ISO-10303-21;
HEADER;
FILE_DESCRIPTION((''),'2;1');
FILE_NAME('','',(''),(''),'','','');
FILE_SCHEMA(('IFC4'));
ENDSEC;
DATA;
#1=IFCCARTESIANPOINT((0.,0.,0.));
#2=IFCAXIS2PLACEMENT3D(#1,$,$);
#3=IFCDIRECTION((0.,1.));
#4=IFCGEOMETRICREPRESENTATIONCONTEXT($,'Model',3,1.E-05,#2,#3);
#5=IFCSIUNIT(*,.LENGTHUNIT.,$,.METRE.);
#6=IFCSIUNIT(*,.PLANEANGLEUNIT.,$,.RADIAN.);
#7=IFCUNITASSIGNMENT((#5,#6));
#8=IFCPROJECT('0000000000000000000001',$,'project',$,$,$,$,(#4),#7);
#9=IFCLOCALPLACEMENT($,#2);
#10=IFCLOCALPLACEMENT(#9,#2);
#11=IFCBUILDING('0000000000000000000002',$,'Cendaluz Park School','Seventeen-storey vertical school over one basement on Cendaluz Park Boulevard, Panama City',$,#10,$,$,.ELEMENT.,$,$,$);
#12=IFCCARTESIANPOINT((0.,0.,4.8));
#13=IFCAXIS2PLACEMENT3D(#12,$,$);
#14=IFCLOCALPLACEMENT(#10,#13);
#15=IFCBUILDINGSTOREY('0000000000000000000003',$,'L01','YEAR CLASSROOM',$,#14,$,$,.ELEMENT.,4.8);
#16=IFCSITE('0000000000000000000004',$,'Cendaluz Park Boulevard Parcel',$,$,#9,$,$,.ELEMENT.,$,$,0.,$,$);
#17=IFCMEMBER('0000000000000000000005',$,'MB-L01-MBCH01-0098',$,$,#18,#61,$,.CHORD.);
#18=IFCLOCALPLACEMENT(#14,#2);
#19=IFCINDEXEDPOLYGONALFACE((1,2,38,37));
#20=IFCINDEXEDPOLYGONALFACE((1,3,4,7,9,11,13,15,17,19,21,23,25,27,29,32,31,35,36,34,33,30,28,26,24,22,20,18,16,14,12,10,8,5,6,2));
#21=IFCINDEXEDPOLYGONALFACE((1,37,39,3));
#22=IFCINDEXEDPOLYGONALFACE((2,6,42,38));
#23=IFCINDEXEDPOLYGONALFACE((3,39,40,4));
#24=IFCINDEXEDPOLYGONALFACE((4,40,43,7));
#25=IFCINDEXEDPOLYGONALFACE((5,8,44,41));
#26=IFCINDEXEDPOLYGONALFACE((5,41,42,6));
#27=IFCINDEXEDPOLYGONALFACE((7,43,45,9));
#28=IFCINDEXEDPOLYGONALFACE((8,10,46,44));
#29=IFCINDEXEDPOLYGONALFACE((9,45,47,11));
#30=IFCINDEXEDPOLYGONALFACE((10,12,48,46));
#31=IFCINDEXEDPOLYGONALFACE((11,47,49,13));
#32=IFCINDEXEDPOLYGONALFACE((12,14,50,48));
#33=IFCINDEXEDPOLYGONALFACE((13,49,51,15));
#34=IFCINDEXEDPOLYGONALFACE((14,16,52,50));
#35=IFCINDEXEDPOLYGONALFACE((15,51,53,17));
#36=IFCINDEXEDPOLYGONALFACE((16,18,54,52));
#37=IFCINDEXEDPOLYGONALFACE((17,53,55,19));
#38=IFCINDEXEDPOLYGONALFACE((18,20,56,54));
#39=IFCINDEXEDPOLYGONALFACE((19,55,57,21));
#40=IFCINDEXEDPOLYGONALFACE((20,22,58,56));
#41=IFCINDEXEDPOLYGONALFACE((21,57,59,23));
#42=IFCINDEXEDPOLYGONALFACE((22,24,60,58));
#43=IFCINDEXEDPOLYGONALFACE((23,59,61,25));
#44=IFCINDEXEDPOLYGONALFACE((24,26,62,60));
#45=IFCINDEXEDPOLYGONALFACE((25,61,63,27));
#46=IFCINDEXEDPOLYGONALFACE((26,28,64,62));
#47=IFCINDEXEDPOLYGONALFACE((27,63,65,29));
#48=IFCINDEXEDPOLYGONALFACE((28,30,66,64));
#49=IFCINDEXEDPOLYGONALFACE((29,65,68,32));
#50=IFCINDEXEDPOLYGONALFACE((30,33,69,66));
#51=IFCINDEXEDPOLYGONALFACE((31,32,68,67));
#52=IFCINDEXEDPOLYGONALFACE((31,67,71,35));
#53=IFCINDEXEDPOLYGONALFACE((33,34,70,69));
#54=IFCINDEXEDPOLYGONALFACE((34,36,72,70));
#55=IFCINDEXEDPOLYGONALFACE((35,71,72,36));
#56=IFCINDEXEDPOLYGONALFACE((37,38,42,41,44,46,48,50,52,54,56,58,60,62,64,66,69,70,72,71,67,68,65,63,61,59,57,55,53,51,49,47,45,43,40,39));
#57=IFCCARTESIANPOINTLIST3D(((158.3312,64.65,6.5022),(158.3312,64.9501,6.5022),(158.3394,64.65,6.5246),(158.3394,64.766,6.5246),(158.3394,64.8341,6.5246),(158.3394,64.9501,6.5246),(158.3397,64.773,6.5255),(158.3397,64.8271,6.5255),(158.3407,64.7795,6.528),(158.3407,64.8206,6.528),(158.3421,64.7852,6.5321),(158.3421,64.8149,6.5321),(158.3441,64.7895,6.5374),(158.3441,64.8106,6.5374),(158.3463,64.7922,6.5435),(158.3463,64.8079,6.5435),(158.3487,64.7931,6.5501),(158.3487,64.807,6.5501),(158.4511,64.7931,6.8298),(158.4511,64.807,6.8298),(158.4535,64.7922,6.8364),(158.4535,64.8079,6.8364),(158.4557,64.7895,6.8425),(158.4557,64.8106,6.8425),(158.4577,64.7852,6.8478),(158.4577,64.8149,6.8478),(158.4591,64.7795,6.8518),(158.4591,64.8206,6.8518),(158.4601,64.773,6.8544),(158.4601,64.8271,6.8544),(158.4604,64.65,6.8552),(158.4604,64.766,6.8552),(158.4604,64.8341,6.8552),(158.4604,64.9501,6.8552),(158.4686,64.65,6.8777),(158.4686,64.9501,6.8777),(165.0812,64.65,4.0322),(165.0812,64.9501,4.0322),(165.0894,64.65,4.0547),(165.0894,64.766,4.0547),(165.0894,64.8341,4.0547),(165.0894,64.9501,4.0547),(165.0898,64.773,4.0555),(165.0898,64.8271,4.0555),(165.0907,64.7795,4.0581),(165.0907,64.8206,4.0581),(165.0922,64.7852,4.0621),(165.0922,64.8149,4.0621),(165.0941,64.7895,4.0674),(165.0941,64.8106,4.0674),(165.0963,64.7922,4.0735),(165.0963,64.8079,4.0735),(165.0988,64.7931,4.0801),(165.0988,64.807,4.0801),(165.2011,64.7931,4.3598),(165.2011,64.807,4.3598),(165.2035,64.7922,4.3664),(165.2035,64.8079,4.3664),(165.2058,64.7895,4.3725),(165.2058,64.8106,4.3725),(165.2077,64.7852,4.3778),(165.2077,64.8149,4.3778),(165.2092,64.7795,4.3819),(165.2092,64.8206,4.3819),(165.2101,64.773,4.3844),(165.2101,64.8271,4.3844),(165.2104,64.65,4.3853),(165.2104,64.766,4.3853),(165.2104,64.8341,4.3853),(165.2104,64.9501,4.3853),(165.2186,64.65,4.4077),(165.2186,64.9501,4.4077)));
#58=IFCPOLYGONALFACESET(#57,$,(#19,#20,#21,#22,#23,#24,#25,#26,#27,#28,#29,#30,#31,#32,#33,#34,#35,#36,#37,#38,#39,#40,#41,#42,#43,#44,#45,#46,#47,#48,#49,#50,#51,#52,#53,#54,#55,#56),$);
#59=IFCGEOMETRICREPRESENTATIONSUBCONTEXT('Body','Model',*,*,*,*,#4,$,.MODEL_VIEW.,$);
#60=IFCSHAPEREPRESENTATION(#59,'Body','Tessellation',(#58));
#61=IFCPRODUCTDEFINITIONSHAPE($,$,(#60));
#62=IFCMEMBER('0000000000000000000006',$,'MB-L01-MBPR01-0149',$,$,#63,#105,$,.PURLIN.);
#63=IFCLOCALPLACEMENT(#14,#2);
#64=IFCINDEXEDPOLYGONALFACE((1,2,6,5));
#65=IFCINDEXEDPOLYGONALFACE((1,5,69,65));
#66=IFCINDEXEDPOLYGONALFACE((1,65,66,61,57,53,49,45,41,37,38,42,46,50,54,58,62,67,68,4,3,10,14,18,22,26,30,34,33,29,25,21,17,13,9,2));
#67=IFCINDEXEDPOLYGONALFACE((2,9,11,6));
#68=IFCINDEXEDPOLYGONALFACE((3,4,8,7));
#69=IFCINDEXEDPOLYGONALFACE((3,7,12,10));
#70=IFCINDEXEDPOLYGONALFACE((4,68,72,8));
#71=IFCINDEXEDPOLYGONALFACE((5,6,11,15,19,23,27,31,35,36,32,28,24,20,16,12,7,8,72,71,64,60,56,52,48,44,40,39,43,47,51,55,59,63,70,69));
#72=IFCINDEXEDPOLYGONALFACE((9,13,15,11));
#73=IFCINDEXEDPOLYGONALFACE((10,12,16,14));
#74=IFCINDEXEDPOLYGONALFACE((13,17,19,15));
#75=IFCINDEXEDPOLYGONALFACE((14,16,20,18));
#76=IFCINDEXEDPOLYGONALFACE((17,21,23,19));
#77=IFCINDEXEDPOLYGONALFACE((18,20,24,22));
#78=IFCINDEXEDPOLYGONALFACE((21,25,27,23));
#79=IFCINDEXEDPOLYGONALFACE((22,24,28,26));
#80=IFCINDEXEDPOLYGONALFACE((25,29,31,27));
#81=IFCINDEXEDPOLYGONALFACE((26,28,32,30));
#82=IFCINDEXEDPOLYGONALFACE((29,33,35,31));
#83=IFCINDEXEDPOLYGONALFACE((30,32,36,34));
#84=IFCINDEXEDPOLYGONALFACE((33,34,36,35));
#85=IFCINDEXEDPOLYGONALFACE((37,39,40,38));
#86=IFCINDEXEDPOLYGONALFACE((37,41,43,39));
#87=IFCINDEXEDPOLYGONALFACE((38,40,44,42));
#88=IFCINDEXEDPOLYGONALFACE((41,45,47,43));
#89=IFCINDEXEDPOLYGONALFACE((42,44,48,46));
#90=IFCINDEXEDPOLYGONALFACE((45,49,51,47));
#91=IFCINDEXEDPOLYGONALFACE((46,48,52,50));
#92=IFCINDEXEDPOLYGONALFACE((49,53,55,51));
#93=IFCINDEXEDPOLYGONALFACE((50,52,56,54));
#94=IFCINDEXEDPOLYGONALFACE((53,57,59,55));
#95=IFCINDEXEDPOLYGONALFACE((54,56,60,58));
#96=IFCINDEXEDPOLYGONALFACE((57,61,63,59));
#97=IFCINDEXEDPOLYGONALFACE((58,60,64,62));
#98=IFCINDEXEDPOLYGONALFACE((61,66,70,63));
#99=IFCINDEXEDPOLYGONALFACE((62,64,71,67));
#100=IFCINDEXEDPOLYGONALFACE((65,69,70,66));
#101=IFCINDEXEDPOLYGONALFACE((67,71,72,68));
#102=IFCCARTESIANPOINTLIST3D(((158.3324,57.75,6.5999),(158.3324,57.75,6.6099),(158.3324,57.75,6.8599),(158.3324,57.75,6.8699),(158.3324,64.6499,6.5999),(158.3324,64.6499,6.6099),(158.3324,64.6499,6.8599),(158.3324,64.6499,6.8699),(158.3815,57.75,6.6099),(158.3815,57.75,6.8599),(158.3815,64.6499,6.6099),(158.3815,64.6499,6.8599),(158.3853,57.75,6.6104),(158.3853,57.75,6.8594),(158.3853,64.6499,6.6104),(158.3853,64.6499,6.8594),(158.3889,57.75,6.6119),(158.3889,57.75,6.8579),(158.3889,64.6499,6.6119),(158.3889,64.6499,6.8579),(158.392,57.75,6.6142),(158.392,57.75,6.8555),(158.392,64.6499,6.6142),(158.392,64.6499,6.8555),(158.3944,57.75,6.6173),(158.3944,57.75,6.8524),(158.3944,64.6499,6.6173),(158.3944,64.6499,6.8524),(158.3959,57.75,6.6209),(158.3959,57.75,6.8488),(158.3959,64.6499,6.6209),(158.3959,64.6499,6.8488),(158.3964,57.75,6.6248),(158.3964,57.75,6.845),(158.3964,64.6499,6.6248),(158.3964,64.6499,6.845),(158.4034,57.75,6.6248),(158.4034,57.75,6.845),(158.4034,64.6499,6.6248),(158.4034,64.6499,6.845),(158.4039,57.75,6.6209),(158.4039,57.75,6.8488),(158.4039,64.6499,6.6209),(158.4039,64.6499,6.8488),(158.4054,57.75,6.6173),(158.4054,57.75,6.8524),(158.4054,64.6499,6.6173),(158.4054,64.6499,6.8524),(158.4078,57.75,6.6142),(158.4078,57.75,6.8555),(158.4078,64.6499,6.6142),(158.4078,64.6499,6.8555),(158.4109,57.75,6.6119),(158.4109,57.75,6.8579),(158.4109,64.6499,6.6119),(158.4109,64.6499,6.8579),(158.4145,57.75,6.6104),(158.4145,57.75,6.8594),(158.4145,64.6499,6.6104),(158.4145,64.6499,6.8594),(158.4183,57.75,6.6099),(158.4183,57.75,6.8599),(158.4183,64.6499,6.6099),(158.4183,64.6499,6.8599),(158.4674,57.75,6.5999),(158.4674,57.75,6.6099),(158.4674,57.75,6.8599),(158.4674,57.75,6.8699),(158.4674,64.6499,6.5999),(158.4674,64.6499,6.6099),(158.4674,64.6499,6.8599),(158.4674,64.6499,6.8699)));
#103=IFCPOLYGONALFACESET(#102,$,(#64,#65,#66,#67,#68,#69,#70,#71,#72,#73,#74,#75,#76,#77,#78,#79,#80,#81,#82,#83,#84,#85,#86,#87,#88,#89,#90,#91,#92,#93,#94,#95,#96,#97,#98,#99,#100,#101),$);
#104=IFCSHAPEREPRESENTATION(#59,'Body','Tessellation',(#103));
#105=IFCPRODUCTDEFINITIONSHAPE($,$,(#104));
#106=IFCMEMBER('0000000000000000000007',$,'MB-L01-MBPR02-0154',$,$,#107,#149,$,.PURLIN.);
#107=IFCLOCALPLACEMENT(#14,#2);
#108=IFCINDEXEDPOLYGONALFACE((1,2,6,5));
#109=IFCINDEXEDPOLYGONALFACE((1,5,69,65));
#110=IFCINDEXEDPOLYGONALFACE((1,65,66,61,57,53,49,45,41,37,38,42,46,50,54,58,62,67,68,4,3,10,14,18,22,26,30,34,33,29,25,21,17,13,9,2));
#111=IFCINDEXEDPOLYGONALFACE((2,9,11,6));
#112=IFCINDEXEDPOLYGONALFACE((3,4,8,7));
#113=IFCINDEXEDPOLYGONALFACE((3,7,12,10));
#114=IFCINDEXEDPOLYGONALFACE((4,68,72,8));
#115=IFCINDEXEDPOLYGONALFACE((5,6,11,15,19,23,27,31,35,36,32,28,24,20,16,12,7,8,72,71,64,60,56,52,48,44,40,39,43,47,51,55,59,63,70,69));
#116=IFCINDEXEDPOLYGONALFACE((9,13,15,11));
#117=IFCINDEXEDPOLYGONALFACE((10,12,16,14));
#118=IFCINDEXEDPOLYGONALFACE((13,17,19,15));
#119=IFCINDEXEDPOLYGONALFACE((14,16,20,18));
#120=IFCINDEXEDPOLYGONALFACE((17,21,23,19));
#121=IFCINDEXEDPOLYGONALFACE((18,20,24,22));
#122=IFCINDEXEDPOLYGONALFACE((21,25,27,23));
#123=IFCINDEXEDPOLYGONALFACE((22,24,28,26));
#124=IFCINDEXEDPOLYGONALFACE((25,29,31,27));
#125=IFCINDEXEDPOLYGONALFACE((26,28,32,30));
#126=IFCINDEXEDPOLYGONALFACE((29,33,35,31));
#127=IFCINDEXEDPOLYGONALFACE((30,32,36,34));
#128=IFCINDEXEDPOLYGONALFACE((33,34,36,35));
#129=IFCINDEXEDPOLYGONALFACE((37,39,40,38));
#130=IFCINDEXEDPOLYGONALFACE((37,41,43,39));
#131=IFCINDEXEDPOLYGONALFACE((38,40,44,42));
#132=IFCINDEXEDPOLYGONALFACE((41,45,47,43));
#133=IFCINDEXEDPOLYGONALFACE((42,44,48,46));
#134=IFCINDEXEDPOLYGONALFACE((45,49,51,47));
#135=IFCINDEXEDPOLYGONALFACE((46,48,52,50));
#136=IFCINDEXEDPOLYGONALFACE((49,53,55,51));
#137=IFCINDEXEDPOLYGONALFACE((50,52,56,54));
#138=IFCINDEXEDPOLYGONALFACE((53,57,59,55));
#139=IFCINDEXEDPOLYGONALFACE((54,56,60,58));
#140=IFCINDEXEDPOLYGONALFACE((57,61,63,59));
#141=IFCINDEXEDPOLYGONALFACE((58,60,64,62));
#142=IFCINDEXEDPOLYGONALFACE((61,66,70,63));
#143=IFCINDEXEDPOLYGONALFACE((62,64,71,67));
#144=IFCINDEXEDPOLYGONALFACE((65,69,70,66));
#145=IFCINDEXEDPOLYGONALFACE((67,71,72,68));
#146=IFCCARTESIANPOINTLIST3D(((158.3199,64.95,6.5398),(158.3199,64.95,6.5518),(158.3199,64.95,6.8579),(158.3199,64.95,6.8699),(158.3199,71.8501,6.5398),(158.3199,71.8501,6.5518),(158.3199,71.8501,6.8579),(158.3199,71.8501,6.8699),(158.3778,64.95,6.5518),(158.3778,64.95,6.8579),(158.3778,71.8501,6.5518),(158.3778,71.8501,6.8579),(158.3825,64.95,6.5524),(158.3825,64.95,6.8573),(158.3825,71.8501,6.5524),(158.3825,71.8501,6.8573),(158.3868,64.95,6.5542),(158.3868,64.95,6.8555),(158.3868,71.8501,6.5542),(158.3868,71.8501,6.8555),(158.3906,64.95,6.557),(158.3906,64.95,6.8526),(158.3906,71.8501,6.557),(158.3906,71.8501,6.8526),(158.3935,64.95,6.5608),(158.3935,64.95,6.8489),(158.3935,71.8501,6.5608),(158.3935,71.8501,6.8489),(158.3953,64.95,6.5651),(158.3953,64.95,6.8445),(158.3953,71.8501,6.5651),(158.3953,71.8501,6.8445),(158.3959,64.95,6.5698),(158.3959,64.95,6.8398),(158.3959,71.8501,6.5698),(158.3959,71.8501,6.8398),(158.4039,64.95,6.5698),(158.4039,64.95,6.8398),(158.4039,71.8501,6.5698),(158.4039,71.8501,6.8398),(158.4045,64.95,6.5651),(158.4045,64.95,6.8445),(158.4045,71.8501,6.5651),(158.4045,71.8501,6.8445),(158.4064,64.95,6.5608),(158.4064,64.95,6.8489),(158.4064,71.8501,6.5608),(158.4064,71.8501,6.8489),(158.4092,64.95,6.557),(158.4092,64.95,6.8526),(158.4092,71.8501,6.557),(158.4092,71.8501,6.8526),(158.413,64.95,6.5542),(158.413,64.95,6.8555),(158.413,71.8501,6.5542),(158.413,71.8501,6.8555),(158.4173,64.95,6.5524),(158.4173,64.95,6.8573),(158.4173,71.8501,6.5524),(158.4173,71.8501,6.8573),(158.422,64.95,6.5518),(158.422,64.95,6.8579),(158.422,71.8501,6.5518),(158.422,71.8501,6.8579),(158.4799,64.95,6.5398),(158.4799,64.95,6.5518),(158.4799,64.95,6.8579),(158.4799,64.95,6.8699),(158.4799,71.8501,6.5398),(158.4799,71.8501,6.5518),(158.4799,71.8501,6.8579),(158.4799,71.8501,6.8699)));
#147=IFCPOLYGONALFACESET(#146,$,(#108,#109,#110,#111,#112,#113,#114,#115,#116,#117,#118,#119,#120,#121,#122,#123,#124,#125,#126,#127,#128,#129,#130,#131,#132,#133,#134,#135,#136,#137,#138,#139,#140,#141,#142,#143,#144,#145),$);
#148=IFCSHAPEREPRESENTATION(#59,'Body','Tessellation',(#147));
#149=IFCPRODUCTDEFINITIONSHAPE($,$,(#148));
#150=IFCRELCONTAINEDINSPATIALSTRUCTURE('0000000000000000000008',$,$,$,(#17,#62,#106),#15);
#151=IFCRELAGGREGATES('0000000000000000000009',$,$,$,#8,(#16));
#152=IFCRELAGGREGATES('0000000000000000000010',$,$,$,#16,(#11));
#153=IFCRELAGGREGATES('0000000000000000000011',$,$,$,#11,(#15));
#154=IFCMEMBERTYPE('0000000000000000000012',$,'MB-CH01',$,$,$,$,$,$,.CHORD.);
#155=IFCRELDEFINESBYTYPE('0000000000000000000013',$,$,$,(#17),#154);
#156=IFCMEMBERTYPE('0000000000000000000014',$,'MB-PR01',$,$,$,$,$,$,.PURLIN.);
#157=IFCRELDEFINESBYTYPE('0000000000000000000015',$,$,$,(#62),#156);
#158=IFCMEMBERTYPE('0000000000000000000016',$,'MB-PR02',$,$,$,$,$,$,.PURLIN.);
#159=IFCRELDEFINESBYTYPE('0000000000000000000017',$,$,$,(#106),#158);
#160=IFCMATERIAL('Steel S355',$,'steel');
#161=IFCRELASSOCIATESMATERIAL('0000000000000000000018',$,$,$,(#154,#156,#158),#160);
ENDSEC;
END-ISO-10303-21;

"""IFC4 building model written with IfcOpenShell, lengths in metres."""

from ifc_helpers import new_model, si_unit, direction, frame, origin, origin_2d, place, context, subcontext, project, spatial, i_section, extrude, material, material_profile, profile_set, type_object, element, save


model = new_model("IFC4")

# Units and contexts
model_context = context("Model", 3, precision=1e-05, world=origin(), true_north=direction((0.0, 1.0)))
body_context = subcontext(model_context, "Body", "Model", "MODEL_VIEW")
ifc_project = project(units=[si_unit("LENGTHUNIT", "METRE"), si_unit("PLANEANGLEUNIT", "RADIAN")], contexts=[model_context])

# Site, building, storey
site_placement = place(None, origin())
site = spatial("IfcSite", under=ifc_project, at=site_placement, Name="Cendaluz Park Boulevard Parcel", CompositionType="ELEMENT", RefElevation=0.0)
building_placement = place(site_placement, origin())
building = spatial("IfcBuilding", under=site, at=building_placement, Name="Cendaluz Park School", Description="Seventeen-storey vertical school over one basement on Cendaluz Park Boulevard, Panama City", CompositionType="ELEMENT")
storey_placement = place(building_placement, frame((0.0, 0.0, 4.8)))
storey = spatial("IfcBuildingStorey", under=building, at=storey_placement, Name="L01", Description="YEAR CLASSROOM", CompositionType="ELEMENT", Elevation=4.8)

# Members
ifc_material_1 = material(Name="Steel S355", Category="steel")
ifc_material_profile_1 = material_profile(ifc_material_1, i_section(OverallWidth=0.3, OverallDepth=0.3999, WebThickness=0.0139, FlangeThickness=0.0239, FilletRadius=0.0271, at=origin_2d()), Name="HEB 400", Category="steel")
ifc_profile_set_1 = profile_set([ifc_material_profile_1], Name="Steel S355")
member_type_1 = type_object("IfcMemberType", Name="MB-CH01", PredefinedType="CHORD", material=ifc_profile_set_1)
for number, where, z_axis, x_axis, name in (
    (1, (158.3999, 64.8, 6.6899), (0.939102, 0.0, -0.343638), (0.0, 1.0, 0.0), "MB-L01-MBCH01-0098"),
):
    element("IfcMember", number, at=place(storey_placement, frame(where, z_axis=z_axis, x_axis=x_axis)), inside=storey, type_object=member_type_1, Name=name, PredefinedType="CHORD", context=body_context, shape_type="SweptSolid", body=[
        extrude(i_section(OverallWidth=0.3, OverallDepth=0.3999, WebThickness=0.0139, FlangeThickness=0.0239, FilletRadius=0.0271, at=origin_2d()), origin(), (0.0, 0.0, 1.0), 7.1877),
    ])
ifc_material_profile_2 = material_profile(ifc_material_1, i_section(OverallWidth=0.135, OverallDepth=0.27, WebThickness=0.0071, FlangeThickness=0.01, FilletRadius=0.0149, at=origin_2d()), Name="IPE 270", Category="steel")
ifc_profile_set_2 = profile_set([ifc_material_profile_2], Name="Steel S355")
member_type_2 = type_object("IfcMemberType", Name="MB-PR01", PredefinedType="PURLIN", material=ifc_profile_set_2)
member_1_placement = place(storey_placement, frame((158.3999, 57.75, 6.7349), z_axis=(0.0, 1.0, 0.0), x_axis=(-1.0, 0.0, 0.0)))
element("IfcMember", 2, at=member_1_placement, inside=storey, type_object=member_type_2, Name="MB-L01-MBPR01-0149", PredefinedType="PURLIN", context=body_context, shape_type="SweptSolid", body=[
    extrude(i_section(OverallWidth=0.135, OverallDepth=0.27, WebThickness=0.0071, FlangeThickness=0.01, FilletRadius=0.0149, at=origin_2d()), origin(), (0.0, 0.0, 1.0), 6.8999),
])
ifc_material_profile_3 = material_profile(ifc_material_1, i_section(OverallWidth=0.1599, OverallDepth=0.3301, WebThickness=0.0081, FlangeThickness=0.012, FilletRadius=0.0181, at=origin_2d()), Name="IPE 330", Category="steel")
ifc_profile_set_3 = profile_set([ifc_material_profile_3], Name="Steel S355")
member_type_3 = type_object("IfcMemberType", Name="MB-PR02", PredefinedType="PURLIN", material=ifc_profile_set_3)
member_2_placement = place(storey_placement, frame((158.3999, 64.95, 6.7048), z_axis=(0.0, 1.0, 0.0), x_axis=(-1.0, 0.0, 0.0)))
element("IfcMember", 3, at=member_2_placement, inside=storey, type_object=member_type_3, Name="MB-L01-MBPR02-0154", PredefinedType="PURLIN", context=body_context, shape_type="SweptSolid", body=[
    extrude(i_section(OverallWidth=0.1599, OverallDepth=0.3301, WebThickness=0.0081, FlangeThickness=0.012, FilletRadius=0.0181, at=origin_2d()), origin(), (0.0, 0.0, 1.0), 6.9001),
])

save(model, "model.ifc")
